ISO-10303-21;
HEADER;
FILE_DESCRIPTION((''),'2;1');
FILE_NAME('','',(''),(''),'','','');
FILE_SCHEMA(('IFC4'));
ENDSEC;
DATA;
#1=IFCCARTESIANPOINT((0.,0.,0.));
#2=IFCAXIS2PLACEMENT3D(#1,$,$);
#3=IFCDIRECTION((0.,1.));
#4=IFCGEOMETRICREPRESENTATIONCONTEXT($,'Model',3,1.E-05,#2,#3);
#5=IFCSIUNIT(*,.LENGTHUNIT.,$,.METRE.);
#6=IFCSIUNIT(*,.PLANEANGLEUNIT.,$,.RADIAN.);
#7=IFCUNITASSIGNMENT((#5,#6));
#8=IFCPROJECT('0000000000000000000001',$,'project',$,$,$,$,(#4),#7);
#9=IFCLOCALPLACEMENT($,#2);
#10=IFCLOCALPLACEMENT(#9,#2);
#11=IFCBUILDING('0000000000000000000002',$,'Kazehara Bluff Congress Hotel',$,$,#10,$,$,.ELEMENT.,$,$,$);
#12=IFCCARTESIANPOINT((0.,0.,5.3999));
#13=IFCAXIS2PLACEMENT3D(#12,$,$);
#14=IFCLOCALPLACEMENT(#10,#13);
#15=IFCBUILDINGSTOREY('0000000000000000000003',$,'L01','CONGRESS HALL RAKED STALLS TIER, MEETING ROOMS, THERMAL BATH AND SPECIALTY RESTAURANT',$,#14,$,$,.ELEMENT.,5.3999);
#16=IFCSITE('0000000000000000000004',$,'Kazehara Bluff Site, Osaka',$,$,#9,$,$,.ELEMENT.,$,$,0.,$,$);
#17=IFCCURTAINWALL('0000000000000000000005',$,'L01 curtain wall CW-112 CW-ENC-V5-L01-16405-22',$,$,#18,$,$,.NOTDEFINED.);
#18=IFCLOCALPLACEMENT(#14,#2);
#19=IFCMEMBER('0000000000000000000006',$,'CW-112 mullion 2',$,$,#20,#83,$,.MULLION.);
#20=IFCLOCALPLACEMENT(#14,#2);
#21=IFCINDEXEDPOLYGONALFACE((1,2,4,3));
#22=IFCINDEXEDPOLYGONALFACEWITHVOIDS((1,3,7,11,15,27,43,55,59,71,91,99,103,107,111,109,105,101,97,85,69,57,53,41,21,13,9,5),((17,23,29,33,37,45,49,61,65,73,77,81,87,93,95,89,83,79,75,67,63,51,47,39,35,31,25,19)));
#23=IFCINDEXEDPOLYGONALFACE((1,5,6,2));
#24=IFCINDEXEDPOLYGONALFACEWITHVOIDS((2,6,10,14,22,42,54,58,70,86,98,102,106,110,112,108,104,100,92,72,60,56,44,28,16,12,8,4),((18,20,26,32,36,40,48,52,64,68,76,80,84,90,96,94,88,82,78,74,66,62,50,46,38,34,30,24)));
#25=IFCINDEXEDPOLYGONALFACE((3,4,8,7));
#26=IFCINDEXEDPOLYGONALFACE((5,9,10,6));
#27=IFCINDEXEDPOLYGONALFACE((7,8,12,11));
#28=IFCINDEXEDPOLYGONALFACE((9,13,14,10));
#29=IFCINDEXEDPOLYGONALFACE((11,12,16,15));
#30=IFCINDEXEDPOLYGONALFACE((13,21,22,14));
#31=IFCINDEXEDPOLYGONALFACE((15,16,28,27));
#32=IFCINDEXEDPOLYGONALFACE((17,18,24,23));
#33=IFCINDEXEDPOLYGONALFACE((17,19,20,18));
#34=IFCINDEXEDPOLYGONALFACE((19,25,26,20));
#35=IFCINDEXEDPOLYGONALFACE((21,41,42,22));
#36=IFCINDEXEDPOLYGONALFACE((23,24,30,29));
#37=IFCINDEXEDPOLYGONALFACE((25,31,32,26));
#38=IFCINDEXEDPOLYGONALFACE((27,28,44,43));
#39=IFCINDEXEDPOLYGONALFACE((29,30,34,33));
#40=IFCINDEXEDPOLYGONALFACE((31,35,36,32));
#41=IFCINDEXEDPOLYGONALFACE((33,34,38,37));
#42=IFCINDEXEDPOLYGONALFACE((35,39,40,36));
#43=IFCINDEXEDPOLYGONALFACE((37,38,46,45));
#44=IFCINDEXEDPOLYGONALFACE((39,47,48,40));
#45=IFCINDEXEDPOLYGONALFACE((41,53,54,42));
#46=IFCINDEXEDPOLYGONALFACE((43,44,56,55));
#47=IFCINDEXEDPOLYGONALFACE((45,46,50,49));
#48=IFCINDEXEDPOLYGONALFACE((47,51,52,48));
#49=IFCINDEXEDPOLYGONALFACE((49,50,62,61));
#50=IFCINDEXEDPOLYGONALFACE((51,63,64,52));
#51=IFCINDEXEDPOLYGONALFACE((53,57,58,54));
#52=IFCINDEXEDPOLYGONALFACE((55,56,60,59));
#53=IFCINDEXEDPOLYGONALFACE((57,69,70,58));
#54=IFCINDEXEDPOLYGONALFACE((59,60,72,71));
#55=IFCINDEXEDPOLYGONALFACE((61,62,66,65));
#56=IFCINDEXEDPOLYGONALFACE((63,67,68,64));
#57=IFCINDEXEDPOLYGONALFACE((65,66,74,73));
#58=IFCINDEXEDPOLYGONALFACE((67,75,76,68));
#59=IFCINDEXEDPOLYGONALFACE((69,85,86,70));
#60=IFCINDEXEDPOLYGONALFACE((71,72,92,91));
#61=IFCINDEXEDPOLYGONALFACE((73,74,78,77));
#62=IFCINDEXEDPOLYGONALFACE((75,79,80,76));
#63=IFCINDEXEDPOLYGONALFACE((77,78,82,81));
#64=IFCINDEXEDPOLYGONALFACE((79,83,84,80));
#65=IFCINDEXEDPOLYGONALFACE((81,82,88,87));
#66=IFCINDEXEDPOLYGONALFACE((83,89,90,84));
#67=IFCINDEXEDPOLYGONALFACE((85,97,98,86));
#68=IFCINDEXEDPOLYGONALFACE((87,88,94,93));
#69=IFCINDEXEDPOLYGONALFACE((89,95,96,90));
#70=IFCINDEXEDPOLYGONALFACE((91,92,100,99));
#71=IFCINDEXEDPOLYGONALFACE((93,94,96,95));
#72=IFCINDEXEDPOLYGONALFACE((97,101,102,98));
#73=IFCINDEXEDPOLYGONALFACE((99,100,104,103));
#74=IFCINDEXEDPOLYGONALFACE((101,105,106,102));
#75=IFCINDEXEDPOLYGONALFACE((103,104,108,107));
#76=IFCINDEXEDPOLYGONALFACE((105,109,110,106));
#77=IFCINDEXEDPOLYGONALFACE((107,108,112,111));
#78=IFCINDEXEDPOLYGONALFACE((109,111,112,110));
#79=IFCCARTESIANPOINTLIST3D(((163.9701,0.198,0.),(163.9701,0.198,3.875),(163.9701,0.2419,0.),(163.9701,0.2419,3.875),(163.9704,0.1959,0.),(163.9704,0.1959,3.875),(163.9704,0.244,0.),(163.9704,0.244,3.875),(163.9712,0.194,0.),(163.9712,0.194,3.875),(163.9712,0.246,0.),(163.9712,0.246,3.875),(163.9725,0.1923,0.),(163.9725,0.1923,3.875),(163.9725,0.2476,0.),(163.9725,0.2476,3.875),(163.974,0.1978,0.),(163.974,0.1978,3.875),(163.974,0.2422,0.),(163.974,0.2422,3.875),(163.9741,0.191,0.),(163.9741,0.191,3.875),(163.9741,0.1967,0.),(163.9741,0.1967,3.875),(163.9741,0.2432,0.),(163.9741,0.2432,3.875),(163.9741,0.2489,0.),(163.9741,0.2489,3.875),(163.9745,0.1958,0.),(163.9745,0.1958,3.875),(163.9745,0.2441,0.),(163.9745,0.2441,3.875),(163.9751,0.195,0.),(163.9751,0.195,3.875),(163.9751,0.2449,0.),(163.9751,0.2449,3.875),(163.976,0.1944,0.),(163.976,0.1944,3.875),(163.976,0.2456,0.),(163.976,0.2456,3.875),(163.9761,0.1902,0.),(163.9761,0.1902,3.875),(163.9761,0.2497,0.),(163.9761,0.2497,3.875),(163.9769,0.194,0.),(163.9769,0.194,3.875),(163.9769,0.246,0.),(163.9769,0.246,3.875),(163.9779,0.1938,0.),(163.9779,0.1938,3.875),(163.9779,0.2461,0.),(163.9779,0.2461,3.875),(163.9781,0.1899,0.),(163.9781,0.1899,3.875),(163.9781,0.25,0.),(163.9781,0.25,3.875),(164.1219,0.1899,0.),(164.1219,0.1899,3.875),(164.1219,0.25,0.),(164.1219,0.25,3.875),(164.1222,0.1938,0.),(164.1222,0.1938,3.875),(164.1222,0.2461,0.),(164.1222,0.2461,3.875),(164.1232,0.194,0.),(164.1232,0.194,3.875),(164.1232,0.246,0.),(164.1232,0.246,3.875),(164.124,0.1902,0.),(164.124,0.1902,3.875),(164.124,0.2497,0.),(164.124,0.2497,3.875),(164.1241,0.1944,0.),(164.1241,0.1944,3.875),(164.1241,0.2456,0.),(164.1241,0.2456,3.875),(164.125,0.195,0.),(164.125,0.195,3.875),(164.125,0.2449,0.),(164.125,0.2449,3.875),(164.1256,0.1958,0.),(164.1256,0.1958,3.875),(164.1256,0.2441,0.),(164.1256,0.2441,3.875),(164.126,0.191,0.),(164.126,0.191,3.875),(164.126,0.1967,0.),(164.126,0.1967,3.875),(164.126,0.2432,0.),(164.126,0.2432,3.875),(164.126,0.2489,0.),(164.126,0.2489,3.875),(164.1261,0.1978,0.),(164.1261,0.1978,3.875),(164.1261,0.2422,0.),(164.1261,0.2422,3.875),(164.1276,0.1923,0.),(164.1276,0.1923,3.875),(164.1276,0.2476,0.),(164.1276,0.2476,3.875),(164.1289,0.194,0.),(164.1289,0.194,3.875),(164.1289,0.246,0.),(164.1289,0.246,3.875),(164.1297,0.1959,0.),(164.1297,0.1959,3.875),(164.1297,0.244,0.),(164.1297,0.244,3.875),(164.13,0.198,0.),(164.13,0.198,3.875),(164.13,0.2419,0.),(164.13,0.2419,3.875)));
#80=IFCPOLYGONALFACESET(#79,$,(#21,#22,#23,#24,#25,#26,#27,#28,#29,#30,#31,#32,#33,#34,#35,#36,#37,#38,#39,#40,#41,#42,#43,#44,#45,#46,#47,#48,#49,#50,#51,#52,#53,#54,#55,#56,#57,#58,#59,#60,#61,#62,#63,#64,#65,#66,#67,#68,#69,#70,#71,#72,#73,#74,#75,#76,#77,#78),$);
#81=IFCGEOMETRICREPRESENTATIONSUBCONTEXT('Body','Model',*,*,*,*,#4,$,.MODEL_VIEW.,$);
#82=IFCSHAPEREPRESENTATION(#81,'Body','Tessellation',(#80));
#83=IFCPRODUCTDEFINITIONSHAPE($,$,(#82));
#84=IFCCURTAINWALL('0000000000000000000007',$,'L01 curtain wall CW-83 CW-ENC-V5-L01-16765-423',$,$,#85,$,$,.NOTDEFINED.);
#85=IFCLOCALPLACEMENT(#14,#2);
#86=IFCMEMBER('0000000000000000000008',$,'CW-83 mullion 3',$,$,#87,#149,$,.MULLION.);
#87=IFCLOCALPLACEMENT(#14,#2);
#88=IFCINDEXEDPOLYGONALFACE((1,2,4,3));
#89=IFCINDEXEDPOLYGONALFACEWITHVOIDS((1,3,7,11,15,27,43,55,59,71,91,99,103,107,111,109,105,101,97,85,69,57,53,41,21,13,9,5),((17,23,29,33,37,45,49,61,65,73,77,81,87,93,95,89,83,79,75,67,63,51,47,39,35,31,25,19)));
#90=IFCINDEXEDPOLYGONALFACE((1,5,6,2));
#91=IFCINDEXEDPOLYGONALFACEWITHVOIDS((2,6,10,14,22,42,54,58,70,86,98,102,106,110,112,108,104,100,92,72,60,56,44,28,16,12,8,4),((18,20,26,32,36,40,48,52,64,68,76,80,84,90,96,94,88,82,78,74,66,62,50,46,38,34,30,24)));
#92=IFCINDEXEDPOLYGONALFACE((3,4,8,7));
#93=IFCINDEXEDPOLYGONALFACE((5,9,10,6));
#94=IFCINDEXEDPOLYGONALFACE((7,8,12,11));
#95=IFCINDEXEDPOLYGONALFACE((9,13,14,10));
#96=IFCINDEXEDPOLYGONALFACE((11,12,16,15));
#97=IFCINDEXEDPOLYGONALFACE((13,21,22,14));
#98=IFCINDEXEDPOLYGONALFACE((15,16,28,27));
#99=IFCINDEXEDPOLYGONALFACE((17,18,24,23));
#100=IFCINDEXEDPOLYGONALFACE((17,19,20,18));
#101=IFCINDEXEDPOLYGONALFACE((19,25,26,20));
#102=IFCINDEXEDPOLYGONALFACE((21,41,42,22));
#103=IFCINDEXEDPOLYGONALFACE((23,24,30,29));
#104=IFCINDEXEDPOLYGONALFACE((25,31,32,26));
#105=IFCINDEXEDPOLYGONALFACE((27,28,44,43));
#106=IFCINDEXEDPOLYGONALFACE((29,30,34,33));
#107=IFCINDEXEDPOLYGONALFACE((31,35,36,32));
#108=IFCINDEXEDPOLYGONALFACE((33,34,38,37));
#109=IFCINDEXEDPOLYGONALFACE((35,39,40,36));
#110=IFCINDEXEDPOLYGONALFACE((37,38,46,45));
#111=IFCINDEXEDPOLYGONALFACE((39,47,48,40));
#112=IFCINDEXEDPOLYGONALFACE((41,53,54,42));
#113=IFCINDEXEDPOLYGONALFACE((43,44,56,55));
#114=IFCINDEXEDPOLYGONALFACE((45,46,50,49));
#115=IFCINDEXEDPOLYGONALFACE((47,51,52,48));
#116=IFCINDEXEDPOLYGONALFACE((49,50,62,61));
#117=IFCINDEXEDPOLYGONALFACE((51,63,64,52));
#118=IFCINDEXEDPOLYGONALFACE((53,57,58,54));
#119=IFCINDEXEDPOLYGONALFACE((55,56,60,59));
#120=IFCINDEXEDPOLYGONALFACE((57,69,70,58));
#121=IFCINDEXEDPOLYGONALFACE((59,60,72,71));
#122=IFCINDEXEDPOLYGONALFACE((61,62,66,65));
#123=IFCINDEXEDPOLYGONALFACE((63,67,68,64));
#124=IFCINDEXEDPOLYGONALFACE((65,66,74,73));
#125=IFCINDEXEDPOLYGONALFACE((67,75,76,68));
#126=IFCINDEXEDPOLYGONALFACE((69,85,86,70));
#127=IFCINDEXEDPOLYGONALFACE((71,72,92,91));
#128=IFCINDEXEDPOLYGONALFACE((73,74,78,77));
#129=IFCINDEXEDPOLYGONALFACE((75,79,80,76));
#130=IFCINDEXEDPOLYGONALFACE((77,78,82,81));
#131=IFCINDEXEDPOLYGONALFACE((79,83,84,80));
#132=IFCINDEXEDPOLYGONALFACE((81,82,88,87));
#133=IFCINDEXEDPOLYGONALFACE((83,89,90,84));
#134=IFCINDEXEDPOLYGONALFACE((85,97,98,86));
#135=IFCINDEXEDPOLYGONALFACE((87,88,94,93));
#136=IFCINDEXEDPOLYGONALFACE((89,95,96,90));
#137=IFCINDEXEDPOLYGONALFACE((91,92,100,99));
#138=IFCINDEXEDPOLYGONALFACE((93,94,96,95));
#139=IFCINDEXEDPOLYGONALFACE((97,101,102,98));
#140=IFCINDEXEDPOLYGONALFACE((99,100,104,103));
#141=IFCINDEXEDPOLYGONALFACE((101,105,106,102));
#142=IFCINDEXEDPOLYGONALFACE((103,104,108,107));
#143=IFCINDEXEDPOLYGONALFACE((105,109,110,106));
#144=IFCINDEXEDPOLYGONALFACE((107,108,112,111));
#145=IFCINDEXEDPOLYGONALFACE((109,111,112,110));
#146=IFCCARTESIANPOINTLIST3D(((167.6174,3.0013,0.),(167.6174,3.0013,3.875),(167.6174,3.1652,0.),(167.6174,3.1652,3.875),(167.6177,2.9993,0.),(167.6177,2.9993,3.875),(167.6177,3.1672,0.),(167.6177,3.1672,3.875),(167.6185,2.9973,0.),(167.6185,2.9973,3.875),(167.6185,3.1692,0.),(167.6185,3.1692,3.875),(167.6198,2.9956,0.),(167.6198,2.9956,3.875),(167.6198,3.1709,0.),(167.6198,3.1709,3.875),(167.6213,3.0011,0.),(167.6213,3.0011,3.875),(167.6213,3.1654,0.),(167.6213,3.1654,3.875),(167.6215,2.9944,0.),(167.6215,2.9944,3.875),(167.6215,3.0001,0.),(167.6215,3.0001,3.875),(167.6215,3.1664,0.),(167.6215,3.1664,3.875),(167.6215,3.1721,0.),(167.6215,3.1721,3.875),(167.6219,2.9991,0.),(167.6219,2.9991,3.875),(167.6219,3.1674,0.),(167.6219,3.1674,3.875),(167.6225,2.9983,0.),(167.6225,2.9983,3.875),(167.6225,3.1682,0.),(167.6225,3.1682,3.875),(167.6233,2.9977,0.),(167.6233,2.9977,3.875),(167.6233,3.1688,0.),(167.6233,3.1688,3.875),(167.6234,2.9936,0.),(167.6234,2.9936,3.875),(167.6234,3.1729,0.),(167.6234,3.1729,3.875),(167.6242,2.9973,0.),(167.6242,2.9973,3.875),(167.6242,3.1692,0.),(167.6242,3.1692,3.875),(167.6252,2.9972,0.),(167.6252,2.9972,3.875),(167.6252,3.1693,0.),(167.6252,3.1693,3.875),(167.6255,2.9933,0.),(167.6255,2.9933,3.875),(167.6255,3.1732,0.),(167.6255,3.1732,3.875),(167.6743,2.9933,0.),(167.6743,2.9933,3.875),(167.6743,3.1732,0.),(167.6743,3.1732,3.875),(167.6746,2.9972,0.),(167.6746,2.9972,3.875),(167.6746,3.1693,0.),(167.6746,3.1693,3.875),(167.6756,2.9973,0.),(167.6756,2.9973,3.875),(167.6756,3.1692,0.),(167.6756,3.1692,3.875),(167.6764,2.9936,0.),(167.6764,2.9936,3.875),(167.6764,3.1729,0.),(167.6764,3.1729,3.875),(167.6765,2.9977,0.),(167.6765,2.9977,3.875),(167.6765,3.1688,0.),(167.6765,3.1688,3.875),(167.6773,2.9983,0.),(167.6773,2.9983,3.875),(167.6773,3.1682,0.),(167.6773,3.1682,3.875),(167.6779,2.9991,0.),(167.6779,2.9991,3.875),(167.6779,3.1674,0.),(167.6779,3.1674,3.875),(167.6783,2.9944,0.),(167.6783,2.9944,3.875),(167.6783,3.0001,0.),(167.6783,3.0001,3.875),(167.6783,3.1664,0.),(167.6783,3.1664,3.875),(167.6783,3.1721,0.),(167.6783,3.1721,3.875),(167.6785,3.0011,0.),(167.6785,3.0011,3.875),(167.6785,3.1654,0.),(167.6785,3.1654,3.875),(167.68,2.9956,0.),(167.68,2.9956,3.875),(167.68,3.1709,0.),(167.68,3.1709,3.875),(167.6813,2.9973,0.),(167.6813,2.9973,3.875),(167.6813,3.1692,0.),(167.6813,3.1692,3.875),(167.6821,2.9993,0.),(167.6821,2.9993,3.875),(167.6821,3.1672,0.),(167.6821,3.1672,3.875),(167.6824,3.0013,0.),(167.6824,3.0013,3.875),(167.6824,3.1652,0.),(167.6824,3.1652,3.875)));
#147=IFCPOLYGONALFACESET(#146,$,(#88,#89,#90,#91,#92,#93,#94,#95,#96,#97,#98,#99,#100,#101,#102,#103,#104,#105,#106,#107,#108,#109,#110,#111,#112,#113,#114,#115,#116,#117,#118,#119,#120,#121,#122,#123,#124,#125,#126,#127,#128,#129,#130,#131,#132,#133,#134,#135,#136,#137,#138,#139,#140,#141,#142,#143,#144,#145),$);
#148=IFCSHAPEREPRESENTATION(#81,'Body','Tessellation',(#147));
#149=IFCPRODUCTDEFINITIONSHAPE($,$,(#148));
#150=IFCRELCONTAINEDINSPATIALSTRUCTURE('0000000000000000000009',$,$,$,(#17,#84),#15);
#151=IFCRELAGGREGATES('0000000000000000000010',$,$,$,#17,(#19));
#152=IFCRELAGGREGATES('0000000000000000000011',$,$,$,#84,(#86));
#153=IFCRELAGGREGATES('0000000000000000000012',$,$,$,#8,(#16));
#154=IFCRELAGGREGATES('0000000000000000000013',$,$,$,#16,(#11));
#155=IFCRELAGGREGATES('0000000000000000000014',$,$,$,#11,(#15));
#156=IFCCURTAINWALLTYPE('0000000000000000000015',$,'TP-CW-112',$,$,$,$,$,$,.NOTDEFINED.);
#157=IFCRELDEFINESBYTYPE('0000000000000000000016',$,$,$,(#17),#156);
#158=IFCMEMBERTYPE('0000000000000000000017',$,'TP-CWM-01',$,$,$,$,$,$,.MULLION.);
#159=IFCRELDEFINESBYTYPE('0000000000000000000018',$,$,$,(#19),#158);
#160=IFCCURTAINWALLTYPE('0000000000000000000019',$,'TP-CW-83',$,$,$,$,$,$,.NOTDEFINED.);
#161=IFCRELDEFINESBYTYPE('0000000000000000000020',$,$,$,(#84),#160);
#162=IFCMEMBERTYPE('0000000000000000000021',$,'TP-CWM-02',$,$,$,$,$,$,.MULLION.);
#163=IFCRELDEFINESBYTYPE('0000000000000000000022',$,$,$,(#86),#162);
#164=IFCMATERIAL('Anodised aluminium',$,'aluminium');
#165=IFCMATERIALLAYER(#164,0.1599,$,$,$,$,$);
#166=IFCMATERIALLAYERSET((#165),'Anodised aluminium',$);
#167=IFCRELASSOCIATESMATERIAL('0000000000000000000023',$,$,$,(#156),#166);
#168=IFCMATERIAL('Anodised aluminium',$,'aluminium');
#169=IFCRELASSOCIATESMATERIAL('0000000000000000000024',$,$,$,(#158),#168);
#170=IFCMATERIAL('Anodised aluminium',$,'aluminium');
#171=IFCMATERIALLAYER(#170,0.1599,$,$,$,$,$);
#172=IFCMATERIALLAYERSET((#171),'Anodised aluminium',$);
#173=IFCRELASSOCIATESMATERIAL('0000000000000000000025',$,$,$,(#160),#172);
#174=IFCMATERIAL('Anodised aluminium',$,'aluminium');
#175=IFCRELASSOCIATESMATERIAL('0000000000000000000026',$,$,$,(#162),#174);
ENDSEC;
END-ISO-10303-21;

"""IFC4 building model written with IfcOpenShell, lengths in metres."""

from ifc_helpers import new_model, si_unit, direction, frame, origin, origin_2d, place, context, subcontext, project, spatial, hollow_rectangle, extrude, material, layer, layer_set, material_profile, profile_set, type_object, element, aggregate, save


model = new_model("IFC4")

# Units and contexts
model_context = context("Model", 3, precision=1e-05, world=origin(), true_north=direction((0.0, 1.0)))
body_context = subcontext(model_context, "Body", "Model", "MODEL_VIEW")
ifc_project = project(units=[si_unit("LENGTHUNIT", "METRE"), si_unit("PLANEANGLEUNIT", "RADIAN")], contexts=[model_context])

# Site, building, storey
site_placement = place(None, origin())
site = spatial("IfcSite", under=ifc_project, at=site_placement, Name="Kazehara Bluff Site, Osaka", CompositionType="ELEMENT", RefElevation=0.0)
building_placement = place(site_placement, origin())
building = spatial("IfcBuilding", under=site, at=building_placement, Name="Kazehara Bluff Congress Hotel", CompositionType="ELEMENT")
storey_placement = place(building_placement, frame((0.0, 0.0, 5.3999)))
storey = spatial("IfcBuildingStorey", under=building, at=storey_placement, Name="L01", Description="CONGRESS HALL RAKED STALLS TIER, MEETING ROOMS, THERMAL BATH AND SPECIALTY RESTAURANT", CompositionType="ELEMENT", Elevation=5.3999)

# Curtain walls, members
ifc_material_1 = material(Name="Anodised aluminium", Category="aluminium")
ifc_layer_1 = layer(ifc_material_1, 0.1599)
ifc_layer_set_1 = layer_set([ifc_layer_1], Name="Anodised aluminium")
curtain_wall_type_1 = type_object("IfcCurtainWallType", Name="TP-CW-112", PredefinedType="NOTDEFINED", material=ifc_layer_set_1)
curtain_wall_1_placement = place(storey_placement, origin())
curtain_wall_1 = element("IfcCurtainWall", 1, at=curtain_wall_1_placement, inside=storey, type_object=curtain_wall_type_1, Name="L01 curtain wall CW-112 CW-ENC-V5-L01-16405-22", PredefinedType="NOTDEFINED")
ifc_material_2 = material(Name="Anodised aluminium", Category="aluminium")
ifc_material_profile_1 = material_profile(ifc_material_2, hollow_rectangle(XDim=0.0601, YDim=0.1599, WallThickness=0.0039, InnerFilletRadius=0.0039, OuterFilletRadius=0.0081, at=origin_2d()))
ifc_profile_set_1 = profile_set([ifc_material_profile_1], Name="Anodised aluminium")
member_type_1 = type_object("IfcMemberType", Name="TP-CWM-01", PredefinedType="MULLION", material=ifc_profile_set_1)
member_1_placement = place(storey_placement, frame((164.05, 0.22, 0.0), z_axis=(0.0, 0.0, 1.0), x_axis=(0.0, -1.0, 0.0)))
member_1 = element("IfcMember", 2, at=member_1_placement, type_object=member_type_1, Name="CW-112 mullion 2", PredefinedType="MULLION", context=body_context, shape_type="SweptSolid", body=[
    extrude(hollow_rectangle(XDim=0.0601, YDim=0.1599, WallThickness=0.0039, InnerFilletRadius=0.0039, OuterFilletRadius=0.0081, at=origin_2d()), origin(), (0.0, 0.0, 1.0), 3.875),
])
ifc_material_3 = material(Name="Anodised aluminium", Category="aluminium")
ifc_layer_2 = layer(ifc_material_3, 0.1599)
ifc_layer_set_2 = layer_set([ifc_layer_2], Name="Anodised aluminium")
curtain_wall_type_2 = type_object("IfcCurtainWallType", Name="TP-CW-83", PredefinedType="NOTDEFINED", material=ifc_layer_set_2)
curtain_wall_2_placement = place(storey_placement, origin())
curtain_wall_2 = element("IfcCurtainWall", 3, at=curtain_wall_2_placement, inside=storey, type_object=curtain_wall_type_2, Name="L01 curtain wall CW-83 CW-ENC-V5-L01-16765-423", PredefinedType="NOTDEFINED")
ifc_material_4 = material(Name="Anodised aluminium", Category="aluminium")
ifc_material_profile_2 = material_profile(ifc_material_4, hollow_rectangle(XDim=0.0649, YDim=0.1799, WallThickness=0.0039, InnerFilletRadius=0.0039, OuterFilletRadius=0.0081, at=origin_2d()))
ifc_profile_set_2 = profile_set([ifc_material_profile_2], Name="Anodised aluminium")
member_type_2 = type_object("IfcMemberType", Name="TP-CWM-02", PredefinedType="MULLION", material=ifc_profile_set_2)
member_2_placement = place(storey_placement, frame((167.6499, 3.0833, 0.0), z_axis=(0.0, 0.0, 1.0), x_axis=(1.0, 0.0, 0.0)))
member_2 = element("IfcMember", 4, at=member_2_placement, type_object=member_type_2, Name="CW-83 mullion 3", PredefinedType="MULLION", context=body_context, shape_type="SweptSolid", body=[
    extrude(hollow_rectangle(XDim=0.0649, YDim=0.1799, WallThickness=0.0039, InnerFilletRadius=0.0039, OuterFilletRadius=0.0081, at=origin_2d()), origin(), (0.0, 0.0, 1.0), 3.875),
])

aggregate(curtain_wall_1, [member_1])
aggregate(curtain_wall_2, [member_2])

save(model, "model.ifc")
